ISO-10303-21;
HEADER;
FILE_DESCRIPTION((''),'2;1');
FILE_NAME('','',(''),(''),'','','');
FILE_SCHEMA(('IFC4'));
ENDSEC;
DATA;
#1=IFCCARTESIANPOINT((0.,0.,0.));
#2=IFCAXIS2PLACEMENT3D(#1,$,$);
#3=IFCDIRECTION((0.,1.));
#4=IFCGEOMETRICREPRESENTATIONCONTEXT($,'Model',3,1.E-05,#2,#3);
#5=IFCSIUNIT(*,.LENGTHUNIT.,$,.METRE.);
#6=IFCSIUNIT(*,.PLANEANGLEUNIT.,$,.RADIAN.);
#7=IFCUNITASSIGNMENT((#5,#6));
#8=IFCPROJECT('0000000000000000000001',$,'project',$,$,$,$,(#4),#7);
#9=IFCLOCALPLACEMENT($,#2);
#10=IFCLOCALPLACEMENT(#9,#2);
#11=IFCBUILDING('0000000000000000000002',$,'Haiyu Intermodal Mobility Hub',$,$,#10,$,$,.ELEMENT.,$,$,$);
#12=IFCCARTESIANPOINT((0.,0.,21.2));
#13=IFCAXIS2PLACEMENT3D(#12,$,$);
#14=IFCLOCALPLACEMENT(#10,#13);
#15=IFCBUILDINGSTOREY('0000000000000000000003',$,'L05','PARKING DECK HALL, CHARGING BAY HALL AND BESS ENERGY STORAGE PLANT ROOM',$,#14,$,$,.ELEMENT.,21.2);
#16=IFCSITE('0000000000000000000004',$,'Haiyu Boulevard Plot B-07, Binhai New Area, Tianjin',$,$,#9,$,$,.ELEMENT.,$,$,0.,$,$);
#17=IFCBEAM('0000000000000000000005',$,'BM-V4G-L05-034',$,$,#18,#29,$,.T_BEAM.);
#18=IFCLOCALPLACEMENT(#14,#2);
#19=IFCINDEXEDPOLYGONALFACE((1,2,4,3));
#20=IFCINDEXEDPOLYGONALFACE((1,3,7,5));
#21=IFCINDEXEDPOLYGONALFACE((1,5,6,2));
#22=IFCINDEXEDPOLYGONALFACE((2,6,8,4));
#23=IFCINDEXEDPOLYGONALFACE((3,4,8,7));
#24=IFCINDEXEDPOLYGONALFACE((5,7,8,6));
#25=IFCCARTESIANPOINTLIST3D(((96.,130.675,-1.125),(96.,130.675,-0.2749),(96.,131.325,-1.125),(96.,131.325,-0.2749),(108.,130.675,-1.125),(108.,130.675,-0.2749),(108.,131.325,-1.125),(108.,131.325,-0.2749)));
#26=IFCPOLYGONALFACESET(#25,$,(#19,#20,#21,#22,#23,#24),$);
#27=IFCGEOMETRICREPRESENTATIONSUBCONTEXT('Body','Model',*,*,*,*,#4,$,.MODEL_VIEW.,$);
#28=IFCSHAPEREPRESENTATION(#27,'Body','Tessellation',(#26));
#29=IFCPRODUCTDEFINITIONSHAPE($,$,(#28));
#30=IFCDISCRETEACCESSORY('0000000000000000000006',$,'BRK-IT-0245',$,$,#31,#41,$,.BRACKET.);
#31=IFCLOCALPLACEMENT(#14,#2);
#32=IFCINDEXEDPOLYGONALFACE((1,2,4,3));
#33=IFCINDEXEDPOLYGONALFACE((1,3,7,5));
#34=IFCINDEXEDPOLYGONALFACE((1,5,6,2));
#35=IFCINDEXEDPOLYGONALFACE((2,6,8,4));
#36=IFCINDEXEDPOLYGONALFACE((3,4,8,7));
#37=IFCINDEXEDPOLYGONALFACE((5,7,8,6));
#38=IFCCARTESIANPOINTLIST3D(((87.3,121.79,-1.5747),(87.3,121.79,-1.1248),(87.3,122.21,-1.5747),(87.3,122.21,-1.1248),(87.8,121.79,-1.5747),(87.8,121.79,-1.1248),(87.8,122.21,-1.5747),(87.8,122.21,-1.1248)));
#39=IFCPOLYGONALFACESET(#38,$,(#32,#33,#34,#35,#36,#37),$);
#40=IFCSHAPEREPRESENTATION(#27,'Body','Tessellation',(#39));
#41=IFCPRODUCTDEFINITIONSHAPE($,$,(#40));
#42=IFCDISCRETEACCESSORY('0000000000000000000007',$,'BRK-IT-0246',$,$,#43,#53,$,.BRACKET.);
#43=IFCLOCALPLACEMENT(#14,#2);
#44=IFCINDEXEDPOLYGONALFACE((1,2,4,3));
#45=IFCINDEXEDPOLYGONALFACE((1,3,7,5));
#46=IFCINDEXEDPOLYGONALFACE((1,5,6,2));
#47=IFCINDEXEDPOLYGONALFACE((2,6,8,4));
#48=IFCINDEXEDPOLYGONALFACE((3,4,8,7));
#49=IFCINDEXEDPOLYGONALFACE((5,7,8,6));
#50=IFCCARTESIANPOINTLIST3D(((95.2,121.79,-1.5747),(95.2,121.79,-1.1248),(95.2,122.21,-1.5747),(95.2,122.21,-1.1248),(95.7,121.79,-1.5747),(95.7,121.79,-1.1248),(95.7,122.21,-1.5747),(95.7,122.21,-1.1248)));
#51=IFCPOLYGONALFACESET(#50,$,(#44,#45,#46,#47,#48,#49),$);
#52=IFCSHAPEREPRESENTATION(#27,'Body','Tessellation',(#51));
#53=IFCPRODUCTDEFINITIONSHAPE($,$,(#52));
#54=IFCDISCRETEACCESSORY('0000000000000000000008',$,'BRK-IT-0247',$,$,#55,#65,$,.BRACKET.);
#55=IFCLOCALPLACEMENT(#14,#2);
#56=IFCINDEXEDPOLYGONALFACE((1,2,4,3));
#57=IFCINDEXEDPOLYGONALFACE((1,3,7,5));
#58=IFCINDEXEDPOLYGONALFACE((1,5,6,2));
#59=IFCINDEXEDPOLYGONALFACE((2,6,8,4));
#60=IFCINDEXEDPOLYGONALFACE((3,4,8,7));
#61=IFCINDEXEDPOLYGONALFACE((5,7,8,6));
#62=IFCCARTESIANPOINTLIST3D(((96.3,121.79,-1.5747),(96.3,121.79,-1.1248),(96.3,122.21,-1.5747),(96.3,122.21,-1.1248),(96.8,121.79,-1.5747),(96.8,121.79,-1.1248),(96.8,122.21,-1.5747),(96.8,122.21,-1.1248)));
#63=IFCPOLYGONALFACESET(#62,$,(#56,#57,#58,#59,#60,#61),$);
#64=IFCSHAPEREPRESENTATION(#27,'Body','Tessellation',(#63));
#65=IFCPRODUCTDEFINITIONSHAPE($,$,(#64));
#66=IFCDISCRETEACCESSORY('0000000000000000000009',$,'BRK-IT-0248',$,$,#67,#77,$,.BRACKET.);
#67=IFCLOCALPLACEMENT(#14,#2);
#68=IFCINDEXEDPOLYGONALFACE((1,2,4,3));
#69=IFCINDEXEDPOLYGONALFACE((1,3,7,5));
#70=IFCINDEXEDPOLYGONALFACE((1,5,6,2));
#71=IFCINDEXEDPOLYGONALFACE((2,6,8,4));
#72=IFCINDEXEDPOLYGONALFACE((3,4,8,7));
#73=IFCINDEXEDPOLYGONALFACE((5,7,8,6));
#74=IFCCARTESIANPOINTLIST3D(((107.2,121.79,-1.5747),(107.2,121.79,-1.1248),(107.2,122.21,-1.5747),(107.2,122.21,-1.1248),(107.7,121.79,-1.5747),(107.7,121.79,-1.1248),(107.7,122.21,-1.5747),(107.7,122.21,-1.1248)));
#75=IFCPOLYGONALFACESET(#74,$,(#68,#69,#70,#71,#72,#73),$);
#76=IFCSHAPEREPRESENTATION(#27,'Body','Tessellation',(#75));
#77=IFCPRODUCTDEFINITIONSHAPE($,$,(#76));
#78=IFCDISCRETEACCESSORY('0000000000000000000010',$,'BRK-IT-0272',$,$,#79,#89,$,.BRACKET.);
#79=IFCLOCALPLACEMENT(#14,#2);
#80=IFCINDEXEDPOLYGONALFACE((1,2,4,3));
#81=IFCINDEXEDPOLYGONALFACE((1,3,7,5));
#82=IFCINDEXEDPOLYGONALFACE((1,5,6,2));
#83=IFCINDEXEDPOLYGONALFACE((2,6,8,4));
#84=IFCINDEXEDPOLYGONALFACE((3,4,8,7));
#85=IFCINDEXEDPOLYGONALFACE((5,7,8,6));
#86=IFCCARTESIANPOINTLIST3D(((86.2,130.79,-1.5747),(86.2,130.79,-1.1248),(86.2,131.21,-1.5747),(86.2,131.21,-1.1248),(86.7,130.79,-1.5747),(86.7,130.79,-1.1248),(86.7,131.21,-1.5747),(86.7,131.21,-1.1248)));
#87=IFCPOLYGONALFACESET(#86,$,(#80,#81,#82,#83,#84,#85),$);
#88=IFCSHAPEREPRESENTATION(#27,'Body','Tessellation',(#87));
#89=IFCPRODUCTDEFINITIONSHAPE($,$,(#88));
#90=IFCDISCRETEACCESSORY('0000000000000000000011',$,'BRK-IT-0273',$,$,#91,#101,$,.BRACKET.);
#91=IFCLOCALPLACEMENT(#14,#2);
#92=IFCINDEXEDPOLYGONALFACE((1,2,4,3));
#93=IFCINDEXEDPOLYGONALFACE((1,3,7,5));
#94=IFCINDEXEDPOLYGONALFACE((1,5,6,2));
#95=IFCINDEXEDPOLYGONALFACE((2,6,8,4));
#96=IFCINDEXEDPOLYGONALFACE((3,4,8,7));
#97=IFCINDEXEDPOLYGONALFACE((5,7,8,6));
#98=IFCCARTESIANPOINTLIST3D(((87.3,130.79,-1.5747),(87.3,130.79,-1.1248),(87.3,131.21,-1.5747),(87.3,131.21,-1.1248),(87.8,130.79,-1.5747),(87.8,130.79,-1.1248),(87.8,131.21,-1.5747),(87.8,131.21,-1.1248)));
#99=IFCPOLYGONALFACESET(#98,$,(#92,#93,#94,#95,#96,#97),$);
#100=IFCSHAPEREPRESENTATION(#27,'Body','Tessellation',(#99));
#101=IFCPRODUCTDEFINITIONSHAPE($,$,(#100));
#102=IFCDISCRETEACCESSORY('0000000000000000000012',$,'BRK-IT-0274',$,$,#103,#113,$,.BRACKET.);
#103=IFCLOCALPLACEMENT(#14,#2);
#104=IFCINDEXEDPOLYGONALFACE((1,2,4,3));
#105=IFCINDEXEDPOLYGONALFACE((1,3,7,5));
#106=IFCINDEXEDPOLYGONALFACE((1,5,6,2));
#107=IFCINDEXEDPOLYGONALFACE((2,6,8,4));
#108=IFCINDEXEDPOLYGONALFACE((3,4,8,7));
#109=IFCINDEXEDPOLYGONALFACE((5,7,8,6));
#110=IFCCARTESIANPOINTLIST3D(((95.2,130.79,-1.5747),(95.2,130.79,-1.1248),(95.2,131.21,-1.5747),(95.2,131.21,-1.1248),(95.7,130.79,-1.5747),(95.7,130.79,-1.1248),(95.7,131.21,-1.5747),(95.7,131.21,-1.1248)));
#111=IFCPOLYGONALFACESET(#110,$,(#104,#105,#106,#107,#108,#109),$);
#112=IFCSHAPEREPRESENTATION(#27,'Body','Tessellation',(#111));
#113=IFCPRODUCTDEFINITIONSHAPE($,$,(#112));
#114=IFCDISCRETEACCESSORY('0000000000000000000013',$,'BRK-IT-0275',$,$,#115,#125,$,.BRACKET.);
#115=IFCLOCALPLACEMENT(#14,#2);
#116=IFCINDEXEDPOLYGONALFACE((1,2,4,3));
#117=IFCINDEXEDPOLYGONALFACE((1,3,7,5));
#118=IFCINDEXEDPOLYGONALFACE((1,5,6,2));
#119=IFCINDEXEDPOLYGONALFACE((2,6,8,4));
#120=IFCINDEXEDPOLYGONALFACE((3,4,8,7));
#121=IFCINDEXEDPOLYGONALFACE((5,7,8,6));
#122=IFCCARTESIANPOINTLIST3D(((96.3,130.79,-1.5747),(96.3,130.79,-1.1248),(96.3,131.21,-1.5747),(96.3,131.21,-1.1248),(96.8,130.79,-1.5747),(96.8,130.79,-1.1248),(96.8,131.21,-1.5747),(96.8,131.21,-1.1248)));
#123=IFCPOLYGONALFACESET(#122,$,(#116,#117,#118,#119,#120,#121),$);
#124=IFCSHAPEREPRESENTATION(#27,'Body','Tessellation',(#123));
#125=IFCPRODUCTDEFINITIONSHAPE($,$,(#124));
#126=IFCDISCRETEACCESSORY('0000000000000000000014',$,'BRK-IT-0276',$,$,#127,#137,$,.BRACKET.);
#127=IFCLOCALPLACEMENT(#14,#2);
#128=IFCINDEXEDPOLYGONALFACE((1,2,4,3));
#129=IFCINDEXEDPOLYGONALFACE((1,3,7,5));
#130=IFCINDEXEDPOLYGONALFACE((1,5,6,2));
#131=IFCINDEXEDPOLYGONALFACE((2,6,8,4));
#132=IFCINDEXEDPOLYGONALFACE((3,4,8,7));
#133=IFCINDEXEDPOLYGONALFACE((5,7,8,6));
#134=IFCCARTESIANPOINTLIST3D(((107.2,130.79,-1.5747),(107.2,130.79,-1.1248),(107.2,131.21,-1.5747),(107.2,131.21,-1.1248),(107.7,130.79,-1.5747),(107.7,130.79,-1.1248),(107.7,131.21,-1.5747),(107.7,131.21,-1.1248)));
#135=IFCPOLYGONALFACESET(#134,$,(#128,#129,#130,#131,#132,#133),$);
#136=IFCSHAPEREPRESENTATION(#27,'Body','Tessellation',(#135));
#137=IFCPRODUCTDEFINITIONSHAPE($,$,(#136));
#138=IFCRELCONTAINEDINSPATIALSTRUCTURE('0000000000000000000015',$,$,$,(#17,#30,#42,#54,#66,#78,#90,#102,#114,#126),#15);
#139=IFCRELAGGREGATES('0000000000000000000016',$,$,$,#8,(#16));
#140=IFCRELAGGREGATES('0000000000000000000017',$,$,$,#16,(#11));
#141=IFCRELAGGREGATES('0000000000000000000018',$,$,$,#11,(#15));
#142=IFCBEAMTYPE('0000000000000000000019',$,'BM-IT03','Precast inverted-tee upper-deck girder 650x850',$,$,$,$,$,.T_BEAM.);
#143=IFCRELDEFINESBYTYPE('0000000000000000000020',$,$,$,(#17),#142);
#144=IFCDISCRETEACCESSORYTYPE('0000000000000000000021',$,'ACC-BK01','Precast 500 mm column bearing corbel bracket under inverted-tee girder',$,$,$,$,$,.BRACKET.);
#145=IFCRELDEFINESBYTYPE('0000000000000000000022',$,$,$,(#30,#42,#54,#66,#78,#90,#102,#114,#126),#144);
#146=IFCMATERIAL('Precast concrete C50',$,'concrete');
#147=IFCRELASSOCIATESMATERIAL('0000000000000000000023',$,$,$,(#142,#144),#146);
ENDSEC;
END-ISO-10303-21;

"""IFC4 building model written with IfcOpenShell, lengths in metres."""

from ifc_helpers import new_model, si_unit, direction, frame, origin, origin_2d, place, context, subcontext, project, spatial, rectangle, extrude, material, material_profile, profile_set, type_object, element, save


model = new_model("IFC4")

# Units and contexts
model_context = context("Model", 3, precision=1e-05, world=origin(), true_north=direction((0.0, 1.0)))
body_context = subcontext(model_context, "Body", "Model", "MODEL_VIEW")
ifc_project = project(units=[si_unit("LENGTHUNIT", "METRE"), si_unit("PLANEANGLEUNIT", "RADIAN")], contexts=[model_context])

# Site, building, storey
site_placement = place(None, origin())
site = spatial("IfcSite", under=ifc_project, at=site_placement, Name="Haiyu Boulevard Plot B-07, Binhai New Area, Tianjin", CompositionType="ELEMENT", RefElevation=0.0)
building_placement = place(site_placement, origin())
building = spatial("IfcBuilding", under=site, at=building_placement, Name="Haiyu Intermodal Mobility Hub", CompositionType="ELEMENT")
storey_placement = place(building_placement, frame((0.0, 0.0, 21.2)))
storey = spatial("IfcBuildingStorey", under=building, at=storey_placement, Name="L05", Description="PARKING DECK HALL, CHARGING BAY HALL AND BESS ENERGY STORAGE PLANT ROOM", CompositionType="ELEMENT", Elevation=21.2)

# Beam
ifc_material_1 = material(Name="Precast concrete C50", Category="concrete")
ifc_material_profile_1 = material_profile(ifc_material_1, rectangle(XDim=0.6499, YDim=0.8501, at=origin_2d()), Name="PC650x850")
ifc_profile_set_1 = profile_set([ifc_material_profile_1], Name="Precast concrete C50")
beam_type_1 = type_object("IfcBeamType", Name="BM-IT03", Description="Precast inverted-tee upper-deck girder 650x850", PredefinedType="T_BEAM", material=ifc_profile_set_1)
beam_1_placement = place(storey_placement, frame((96.0, 131.0, -0.7), z_axis=(1.0, 0.0, 0.0), x_axis=(0.0, 1.0, 0.0)))
element("IfcBeam", 1, at=beam_1_placement, inside=storey, type_object=beam_type_1, Name="BM-V4G-L05-034", PredefinedType="T_BEAM", context=body_context, shape_type="SweptSolid", body=[
    extrude(rectangle(XDim=0.6499, YDim=0.8501, at=origin_2d()), origin(), (0.0, 0.0, 1.0), 12.0),
])

# Discrete accessories
discrete_accessory_type = type_object("IfcDiscreteAccessoryType", Name="ACC-BK01", Description="Precast 500 mm column bearing corbel bracket under inverted-tee girder", PredefinedType="BRACKET", material=ifc_material_1)
for number, where, z_axis, x_axis, name in (
    (2, (87.55, 122.0, -1.5747), (0.0, 0.0, 1.0), (1.0, 0.0, 0.0), "BRK-IT-0245"),
    (3, (95.45, 122.0, -1.5747), (0.0, 0.0, 1.0), (1.0, 0.0, 0.0), "BRK-IT-0246"),
    (4, (96.55, 122.0, -1.5747), (0.0, 0.0, 1.0), (1.0, 0.0, 0.0), "BRK-IT-0247"),
    (5, (107.45, 122.0, -1.5747), (0.0, 0.0, 1.0), (1.0, 0.0, 0.0), "BRK-IT-0248"),
    (6, (86.45, 131.0, -1.5747), (0.0, 0.0, 1.0), (1.0, 0.0, 0.0), "BRK-IT-0272"),
    (7, (87.55, 131.0, -1.5747), (0.0, 0.0, 1.0), (1.0, 0.0, 0.0), "BRK-IT-0273"),
    (8, (95.45, 131.0, -1.5747), (0.0, 0.0, 1.0), (1.0, 0.0, 0.0), "BRK-IT-0274"),
    (9, (96.55, 131.0, -1.5747), (0.0, 0.0, 1.0), (1.0, 0.0, 0.0), "BRK-IT-0275"),
    (10, (107.45, 131.0, -1.5747), (0.0, 0.0, 1.0), (1.0, 0.0, 0.0), "BRK-IT-0276"),
):
    element("IfcDiscreteAccessory", number, at=place(storey_placement, frame(where, z_axis=z_axis, x_axis=x_axis)), inside=storey, type_object=discrete_accessory_type, Name=name, PredefinedType="BRACKET", context=body_context, shape_type="SweptSolid", body=[
        extrude(rectangle(XDim=0.5, YDim=0.4199, at=origin_2d()), origin(), (0.0, 0.0, 1.0), 0.45),
    ])

save(model, "model.ifc")
